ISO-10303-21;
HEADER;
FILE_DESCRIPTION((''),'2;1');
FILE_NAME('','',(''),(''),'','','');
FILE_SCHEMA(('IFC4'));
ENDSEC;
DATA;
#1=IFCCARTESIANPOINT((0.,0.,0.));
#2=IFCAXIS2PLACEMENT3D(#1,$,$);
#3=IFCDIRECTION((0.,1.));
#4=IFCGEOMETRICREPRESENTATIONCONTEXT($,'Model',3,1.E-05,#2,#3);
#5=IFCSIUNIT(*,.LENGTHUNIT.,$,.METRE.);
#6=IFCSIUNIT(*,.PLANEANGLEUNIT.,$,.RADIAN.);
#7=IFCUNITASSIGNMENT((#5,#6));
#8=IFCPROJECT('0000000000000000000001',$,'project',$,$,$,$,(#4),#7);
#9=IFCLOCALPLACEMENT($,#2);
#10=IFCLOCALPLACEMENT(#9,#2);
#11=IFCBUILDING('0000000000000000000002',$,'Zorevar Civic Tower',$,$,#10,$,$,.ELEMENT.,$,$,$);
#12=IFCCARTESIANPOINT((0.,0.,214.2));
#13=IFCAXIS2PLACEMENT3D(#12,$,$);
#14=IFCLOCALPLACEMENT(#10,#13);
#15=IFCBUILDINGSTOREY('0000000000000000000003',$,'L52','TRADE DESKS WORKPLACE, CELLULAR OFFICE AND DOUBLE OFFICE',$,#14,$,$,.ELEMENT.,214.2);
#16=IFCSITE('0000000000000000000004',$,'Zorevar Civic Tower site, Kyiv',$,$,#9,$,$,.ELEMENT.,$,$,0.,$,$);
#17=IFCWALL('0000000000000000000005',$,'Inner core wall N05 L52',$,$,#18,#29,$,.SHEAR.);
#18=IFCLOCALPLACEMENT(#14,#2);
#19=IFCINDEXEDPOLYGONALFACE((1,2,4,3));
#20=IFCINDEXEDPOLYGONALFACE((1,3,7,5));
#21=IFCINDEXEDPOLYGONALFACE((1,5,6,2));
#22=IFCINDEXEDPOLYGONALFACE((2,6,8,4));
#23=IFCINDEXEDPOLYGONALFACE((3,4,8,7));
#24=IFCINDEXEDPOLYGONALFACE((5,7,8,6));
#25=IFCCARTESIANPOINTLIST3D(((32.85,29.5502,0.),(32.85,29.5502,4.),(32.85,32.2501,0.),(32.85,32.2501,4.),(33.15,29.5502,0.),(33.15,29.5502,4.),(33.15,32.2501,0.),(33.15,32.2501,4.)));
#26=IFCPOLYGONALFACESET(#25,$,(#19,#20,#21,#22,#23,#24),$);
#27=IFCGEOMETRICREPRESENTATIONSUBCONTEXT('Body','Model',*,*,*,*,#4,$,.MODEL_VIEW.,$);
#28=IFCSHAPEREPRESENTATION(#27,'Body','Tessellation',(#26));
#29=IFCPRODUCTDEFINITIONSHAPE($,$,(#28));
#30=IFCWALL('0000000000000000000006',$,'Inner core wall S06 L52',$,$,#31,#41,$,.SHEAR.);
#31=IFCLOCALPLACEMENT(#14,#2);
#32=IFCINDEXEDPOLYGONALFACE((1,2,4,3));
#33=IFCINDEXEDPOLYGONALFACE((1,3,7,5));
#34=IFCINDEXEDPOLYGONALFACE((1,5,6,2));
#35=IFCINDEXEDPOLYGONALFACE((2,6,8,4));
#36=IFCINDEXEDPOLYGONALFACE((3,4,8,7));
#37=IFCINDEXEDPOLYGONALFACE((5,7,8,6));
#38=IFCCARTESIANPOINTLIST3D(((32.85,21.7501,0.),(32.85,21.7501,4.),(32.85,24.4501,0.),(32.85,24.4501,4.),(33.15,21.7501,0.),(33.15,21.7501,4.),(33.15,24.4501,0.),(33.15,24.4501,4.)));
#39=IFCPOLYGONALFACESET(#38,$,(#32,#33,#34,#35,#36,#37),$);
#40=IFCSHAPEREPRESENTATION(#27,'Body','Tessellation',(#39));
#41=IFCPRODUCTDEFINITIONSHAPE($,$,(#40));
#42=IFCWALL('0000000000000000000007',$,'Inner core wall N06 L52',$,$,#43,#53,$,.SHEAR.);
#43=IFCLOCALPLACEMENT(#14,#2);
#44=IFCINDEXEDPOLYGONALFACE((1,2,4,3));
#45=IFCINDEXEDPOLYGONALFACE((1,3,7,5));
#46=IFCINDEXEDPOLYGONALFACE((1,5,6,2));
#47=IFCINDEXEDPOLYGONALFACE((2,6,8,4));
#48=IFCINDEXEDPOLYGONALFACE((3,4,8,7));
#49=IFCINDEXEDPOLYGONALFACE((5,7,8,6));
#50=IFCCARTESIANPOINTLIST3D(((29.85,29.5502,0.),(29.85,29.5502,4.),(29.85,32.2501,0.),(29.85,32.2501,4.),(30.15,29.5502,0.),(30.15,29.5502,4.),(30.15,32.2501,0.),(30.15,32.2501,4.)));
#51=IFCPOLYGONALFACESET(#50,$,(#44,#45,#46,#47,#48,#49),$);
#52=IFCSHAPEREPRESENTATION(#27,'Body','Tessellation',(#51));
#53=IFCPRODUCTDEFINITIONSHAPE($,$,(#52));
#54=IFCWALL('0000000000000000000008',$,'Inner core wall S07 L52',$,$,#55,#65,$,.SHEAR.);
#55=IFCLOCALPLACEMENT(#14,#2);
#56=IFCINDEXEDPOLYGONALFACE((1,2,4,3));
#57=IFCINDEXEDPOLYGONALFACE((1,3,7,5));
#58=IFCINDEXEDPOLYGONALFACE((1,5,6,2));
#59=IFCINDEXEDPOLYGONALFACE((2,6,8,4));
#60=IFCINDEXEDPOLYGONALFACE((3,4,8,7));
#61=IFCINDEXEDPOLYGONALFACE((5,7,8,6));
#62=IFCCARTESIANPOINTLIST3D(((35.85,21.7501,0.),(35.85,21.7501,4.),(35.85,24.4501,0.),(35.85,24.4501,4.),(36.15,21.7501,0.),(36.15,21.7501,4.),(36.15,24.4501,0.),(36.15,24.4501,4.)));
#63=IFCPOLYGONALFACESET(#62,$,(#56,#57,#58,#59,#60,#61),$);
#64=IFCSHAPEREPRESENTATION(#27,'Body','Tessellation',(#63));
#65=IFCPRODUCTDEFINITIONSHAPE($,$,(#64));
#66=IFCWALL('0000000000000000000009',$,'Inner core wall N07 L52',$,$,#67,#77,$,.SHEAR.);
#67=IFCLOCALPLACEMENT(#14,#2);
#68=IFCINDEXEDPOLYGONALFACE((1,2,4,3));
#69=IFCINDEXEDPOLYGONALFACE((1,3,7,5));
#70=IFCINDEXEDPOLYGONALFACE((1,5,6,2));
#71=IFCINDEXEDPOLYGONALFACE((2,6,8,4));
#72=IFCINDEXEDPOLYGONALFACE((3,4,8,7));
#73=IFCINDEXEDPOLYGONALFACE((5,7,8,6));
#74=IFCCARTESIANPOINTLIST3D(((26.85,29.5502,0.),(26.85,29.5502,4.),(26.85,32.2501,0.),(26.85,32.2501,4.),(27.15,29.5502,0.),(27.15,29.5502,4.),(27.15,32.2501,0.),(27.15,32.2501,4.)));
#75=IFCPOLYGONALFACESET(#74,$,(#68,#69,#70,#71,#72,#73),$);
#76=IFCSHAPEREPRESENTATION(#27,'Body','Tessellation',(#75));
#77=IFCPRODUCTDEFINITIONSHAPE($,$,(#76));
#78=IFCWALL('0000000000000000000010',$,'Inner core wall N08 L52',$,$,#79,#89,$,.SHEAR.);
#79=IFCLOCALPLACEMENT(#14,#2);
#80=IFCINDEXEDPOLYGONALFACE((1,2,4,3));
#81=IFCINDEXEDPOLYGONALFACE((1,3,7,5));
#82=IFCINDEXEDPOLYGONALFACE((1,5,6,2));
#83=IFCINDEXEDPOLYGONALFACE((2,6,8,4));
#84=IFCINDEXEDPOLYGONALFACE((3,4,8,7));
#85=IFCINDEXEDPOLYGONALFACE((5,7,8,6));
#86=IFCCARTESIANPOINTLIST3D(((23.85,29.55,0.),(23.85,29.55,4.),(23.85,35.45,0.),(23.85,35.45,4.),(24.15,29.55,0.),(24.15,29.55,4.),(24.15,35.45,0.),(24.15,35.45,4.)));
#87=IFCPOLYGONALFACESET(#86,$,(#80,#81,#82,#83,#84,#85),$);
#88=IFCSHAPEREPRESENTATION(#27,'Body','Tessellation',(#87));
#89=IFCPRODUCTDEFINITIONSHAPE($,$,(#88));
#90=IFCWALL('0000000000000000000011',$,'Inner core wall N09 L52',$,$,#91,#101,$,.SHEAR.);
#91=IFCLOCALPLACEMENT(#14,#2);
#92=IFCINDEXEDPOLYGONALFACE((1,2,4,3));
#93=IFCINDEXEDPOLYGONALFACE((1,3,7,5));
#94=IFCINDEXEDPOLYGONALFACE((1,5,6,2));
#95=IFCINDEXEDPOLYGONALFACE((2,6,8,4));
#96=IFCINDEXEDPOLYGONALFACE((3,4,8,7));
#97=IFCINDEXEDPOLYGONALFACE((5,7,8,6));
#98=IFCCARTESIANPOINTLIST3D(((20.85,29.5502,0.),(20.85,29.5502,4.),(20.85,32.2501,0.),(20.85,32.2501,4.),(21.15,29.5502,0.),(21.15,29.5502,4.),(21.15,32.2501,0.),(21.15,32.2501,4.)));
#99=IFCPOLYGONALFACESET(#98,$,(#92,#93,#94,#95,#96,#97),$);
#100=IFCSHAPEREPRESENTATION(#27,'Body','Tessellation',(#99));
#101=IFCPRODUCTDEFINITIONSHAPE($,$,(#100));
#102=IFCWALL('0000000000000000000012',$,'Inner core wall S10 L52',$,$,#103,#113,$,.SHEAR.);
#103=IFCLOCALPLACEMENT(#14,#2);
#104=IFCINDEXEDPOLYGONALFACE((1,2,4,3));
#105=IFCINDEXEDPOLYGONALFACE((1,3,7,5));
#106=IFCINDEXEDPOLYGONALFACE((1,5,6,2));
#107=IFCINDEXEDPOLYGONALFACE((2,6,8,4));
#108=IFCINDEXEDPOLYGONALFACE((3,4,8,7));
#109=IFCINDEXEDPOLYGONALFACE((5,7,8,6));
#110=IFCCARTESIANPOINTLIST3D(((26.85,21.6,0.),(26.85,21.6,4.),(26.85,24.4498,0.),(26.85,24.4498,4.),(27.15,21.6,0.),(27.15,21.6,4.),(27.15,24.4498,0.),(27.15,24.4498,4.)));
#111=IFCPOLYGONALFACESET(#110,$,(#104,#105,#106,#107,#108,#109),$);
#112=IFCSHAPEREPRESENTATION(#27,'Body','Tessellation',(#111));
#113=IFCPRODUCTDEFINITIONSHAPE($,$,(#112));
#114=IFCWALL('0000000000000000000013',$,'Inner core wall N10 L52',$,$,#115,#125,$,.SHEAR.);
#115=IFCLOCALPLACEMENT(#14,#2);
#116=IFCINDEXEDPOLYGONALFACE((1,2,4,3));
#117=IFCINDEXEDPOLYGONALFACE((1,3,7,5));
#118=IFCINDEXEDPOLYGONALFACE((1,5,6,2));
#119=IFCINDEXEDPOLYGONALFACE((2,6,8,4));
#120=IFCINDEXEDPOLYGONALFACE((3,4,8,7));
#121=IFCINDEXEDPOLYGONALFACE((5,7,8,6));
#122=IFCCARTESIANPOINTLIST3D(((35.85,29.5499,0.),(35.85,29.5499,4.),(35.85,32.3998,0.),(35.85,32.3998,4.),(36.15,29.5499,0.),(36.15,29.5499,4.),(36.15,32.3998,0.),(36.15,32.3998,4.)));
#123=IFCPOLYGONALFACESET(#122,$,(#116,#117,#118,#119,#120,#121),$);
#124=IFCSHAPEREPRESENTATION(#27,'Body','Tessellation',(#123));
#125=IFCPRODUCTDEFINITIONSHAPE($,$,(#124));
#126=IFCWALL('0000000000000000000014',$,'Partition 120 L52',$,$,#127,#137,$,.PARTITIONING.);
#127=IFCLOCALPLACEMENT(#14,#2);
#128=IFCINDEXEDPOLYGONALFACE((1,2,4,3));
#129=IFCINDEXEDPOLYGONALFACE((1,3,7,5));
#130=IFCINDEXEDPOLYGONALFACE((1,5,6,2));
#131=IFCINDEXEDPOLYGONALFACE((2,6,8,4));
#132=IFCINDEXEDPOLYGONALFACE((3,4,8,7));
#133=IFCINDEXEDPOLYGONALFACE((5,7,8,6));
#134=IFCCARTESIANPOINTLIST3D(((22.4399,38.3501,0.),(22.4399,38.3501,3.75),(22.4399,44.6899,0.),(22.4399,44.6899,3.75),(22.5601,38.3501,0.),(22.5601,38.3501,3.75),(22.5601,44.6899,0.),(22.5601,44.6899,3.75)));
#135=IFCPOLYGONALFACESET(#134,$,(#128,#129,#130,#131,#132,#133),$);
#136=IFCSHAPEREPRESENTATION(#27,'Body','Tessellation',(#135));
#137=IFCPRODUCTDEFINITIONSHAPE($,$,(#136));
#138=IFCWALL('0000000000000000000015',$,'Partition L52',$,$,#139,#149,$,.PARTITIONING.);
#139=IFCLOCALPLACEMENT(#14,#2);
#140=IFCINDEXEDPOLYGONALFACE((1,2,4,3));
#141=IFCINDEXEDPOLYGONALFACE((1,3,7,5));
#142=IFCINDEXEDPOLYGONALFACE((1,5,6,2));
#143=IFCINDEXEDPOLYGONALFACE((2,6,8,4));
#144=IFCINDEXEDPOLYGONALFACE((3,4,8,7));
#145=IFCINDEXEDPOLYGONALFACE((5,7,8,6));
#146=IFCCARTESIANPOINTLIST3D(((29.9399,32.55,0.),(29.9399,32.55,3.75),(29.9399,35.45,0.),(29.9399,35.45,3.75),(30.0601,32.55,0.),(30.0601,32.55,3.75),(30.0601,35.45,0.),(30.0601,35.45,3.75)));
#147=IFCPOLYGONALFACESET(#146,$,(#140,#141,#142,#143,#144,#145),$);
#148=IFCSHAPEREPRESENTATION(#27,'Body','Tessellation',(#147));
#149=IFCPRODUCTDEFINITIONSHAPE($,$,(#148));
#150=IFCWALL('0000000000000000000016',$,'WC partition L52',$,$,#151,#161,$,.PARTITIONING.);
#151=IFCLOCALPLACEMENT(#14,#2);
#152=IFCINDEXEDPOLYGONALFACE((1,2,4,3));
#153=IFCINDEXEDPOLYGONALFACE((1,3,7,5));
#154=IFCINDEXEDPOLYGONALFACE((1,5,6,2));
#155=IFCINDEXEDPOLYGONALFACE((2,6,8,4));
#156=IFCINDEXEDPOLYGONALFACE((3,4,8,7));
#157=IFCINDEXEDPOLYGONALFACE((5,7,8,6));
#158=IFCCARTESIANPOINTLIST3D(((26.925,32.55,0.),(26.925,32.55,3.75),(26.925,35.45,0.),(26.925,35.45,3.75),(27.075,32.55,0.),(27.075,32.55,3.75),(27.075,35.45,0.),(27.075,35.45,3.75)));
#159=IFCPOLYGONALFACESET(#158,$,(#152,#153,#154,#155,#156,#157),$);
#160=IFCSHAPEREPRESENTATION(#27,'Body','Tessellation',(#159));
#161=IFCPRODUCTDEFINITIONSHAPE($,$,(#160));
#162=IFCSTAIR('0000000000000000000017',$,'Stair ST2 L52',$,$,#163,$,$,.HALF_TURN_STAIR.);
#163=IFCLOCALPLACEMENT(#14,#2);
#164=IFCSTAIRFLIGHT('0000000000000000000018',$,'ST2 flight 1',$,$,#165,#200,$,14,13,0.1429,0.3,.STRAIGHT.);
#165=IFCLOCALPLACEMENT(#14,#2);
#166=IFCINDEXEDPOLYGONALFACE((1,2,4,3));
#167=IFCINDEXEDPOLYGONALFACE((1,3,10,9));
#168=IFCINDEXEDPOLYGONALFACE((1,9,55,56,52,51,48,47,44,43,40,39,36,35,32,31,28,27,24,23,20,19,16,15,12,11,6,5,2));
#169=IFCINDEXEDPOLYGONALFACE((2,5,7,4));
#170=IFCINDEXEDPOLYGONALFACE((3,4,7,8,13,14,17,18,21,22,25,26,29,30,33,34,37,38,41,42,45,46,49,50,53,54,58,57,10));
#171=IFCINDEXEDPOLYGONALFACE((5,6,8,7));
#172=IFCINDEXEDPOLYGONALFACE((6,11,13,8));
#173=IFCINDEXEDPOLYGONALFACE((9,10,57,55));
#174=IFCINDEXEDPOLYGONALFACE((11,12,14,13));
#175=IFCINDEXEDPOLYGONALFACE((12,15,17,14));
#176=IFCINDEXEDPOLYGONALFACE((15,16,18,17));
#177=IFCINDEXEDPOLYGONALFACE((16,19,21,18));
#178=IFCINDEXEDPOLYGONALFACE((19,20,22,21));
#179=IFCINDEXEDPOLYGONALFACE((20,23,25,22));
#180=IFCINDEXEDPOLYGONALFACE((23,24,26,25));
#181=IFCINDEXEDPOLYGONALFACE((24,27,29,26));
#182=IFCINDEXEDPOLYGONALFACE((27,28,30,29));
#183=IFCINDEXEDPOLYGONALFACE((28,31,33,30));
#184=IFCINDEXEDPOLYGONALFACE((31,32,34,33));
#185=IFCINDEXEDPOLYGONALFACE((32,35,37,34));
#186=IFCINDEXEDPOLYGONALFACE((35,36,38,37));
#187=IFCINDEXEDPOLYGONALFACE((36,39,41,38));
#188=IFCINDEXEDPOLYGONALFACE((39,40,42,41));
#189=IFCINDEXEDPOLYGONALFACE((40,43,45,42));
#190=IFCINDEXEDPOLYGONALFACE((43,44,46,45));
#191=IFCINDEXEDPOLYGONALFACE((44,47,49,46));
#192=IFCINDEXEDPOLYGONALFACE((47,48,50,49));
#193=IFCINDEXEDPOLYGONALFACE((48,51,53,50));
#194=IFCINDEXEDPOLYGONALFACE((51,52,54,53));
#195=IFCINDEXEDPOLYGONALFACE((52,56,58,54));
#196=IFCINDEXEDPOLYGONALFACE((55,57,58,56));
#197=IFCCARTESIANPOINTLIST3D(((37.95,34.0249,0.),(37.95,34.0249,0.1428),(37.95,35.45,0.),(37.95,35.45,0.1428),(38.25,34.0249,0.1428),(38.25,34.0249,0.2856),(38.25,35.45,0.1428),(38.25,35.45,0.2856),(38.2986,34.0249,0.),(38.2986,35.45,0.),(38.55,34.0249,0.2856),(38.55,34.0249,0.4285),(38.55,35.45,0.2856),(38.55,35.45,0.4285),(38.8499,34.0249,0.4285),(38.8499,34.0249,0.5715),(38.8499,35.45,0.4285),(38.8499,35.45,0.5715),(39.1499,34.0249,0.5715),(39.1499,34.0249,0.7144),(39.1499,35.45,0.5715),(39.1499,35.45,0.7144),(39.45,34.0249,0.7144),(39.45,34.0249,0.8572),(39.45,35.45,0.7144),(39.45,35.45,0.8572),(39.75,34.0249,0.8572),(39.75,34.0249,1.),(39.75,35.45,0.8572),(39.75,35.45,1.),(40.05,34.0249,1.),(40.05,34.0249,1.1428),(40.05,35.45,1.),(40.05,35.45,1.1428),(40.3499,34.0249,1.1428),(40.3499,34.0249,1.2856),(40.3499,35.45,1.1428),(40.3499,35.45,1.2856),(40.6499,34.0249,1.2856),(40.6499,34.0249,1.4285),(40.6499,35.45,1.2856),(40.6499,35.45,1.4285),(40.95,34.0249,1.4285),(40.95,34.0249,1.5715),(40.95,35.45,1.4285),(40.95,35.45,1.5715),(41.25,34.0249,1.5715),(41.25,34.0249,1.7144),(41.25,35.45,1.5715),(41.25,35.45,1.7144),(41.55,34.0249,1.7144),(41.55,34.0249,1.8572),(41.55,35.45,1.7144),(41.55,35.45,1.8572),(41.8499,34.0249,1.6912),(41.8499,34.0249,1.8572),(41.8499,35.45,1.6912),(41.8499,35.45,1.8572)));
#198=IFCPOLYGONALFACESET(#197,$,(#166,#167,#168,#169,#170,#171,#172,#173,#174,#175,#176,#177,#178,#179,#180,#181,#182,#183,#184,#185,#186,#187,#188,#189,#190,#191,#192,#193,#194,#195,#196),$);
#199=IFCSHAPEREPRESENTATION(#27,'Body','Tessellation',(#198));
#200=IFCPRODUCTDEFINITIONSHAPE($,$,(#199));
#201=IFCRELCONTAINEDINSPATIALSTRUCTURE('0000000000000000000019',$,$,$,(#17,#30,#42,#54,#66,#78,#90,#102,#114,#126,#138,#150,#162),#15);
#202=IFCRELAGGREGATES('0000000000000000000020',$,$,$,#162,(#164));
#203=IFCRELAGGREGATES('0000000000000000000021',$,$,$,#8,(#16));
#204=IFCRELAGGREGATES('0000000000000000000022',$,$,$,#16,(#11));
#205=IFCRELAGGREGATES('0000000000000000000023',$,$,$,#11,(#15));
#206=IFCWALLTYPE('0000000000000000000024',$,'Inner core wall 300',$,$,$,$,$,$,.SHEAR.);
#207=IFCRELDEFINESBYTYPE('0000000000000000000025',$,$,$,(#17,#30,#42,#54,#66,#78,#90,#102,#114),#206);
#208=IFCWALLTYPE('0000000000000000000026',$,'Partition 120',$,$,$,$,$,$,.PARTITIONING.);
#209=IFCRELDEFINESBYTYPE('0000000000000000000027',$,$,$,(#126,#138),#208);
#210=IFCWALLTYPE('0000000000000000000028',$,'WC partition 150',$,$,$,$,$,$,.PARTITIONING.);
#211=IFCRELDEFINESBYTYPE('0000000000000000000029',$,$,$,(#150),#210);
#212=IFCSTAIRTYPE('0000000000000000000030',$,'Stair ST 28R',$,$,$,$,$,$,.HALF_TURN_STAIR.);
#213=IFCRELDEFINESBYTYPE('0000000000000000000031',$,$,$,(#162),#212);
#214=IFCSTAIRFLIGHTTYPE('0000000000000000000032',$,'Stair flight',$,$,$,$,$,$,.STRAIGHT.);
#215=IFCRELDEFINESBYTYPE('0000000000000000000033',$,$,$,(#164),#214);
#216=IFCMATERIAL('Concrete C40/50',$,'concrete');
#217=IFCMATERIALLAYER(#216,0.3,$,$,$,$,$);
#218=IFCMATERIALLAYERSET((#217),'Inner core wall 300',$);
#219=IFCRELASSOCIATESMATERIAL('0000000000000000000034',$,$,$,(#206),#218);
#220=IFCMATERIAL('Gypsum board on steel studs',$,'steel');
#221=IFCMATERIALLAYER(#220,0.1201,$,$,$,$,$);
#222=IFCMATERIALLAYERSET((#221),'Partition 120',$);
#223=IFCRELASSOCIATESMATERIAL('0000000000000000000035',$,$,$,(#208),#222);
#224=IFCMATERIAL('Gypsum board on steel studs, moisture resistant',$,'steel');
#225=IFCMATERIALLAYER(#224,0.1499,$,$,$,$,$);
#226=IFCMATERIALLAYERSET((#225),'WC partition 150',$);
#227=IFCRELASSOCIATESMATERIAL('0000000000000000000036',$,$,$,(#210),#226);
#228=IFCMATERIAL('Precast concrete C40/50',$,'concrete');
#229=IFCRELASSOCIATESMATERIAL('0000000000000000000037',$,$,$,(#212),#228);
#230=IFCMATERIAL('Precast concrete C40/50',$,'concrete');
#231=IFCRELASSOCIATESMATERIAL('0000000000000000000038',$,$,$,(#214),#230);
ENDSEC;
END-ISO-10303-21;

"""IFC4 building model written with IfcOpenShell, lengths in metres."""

from ifc_helpers import new_model, si_unit, direction, frame, frame_2d, origin, place, context, subcontext, project, spatial, polyline, rectangle, outline, extrude, material, layer, layer_set, type_object, element, aggregate, save


model = new_model("IFC4")

# Units and contexts
model_context = context("Model", 3, precision=1e-05, world=origin(), true_north=direction((0.0, 1.0)))
body_context = subcontext(model_context, "Body", "Model", "MODEL_VIEW")
ifc_project = project(units=[si_unit("LENGTHUNIT", "METRE"), si_unit("PLANEANGLEUNIT", "RADIAN")], contexts=[model_context])

# Site, building, storey
site_placement = place(None, origin())
site = spatial("IfcSite", under=ifc_project, at=site_placement, Name="Zorevar Civic Tower site, Kyiv", CompositionType="ELEMENT", RefElevation=0.0)
building_placement = place(site_placement, origin())
building = spatial("IfcBuilding", under=site, at=building_placement, Name="Zorevar Civic Tower", CompositionType="ELEMENT")
storey_placement = place(building_placement, frame((0.0, 0.0, 214.2)))
storey = spatial("IfcBuildingStorey", under=building, at=storey_placement, Name="L52", Description="TRADE DESKS WORKPLACE, CELLULAR OFFICE AND DOUBLE OFFICE", CompositionType="ELEMENT", Elevation=214.2)

# Shared definitions
ifc_material_1 = material(Name="Concrete C40/50", Category="concrete")
ifc_layer_1 = layer(ifc_material_1, 0.3)
ifc_layer_set_1 = layer_set([ifc_layer_1], Name="Inner core wall 300")
wall_type_1 = type_object("IfcWallType", Name="Inner core wall 300", PredefinedType="SHEAR", material=ifc_layer_set_1)

# Walls
for number, where, z_axis, x_axis, name in (
    (1, (33.0, 29.55, 0.0), (0.0, 0.0, 1.0), (0.0, 1.0, 0.0), "Inner core wall N05 L52"),
    (2, (33.0, 21.75, 0.0), (0.0, 0.0, 1.0), (0.0, 1.0, 0.0), "Inner core wall S06 L52"),
    (3, (30.0, 29.55, 0.0), (0.0, 0.0, 1.0), (0.0, 1.0, 0.0), "Inner core wall N06 L52"),
    (4, (36.0, 21.75, 0.0), (0.0, 0.0, 1.0), (0.0, 1.0, 0.0), "Inner core wall S07 L52"),
    (5, (27.0, 29.55, 0.0), (0.0, 0.0, 1.0), (0.0, 1.0, 0.0), "Inner core wall N07 L52"),
):
    element("IfcWall", number, at=place(storey_placement, frame(where, z_axis=z_axis, x_axis=x_axis)), inside=storey, type_object=wall_type_1, Name=name, PredefinedType="SHEAR", context=body_context, shape_type="SweptSolid", body=[
        extrude(rectangle(XDim=2.7, YDim=0.3, at=frame_2d((1.3501, 0.0))), origin(), (0.0, 0.0, 1.0), 4.0),
    ])
wall_1_placement = place(storey_placement, frame((24.0, 29.55, 0.0), z_axis=(0.0, 0.0, 1.0), x_axis=(0.0, 1.0, 0.0)))
element("IfcWall", 6, at=wall_1_placement, inside=storey, type_object=wall_type_1, Name="Inner core wall N08 L52", PredefinedType="SHEAR", context=body_context, shape_type="SweptSolid", body=[
    extrude(rectangle(XDim=5.8999, YDim=0.3, at=frame_2d((2.95, 0.0))), origin(), (0.0, 0.0, 1.0), 4.0),
])
wall_2_placement = place(storey_placement, frame((21.0, 29.55, 0.0), z_axis=(0.0, 0.0, 1.0), x_axis=(0.0, 1.0, 0.0)))
element("IfcWall", 7, at=wall_2_placement, inside=storey, type_object=wall_type_1, Name="Inner core wall N09 L52", PredefinedType="SHEAR", context=body_context, shape_type="SweptSolid", body=[
    extrude(rectangle(XDim=2.7, YDim=0.3, at=frame_2d((1.3501, 0.0))), origin(), (0.0, 0.0, 1.0), 4.0),
])
for number, where, z_axis, x_axis, name in (
    (8, (27.0, 21.6001, 0.0), (0.0, 0.0, 1.0), (0.0, 1.0, 0.0), "Inner core wall S10 L52"),
    (9, (36.0, 29.55, 0.0), (0.0, 0.0, 1.0), (0.0, 1.0, 0.0), "Inner core wall N10 L52"),
):
    element("IfcWall", number, at=place(storey_placement, frame(where, z_axis=z_axis, x_axis=x_axis)), inside=storey, type_object=wall_type_1, Name=name, PredefinedType="SHEAR", context=body_context, shape_type="SweptSolid", body=[
        extrude(rectangle(XDim=2.8499, YDim=0.3, at=frame_2d((1.4248, 0.0))), origin(), (0.0, 0.0, 1.0), 4.0),
    ])
ifc_material_2 = material(Name="Gypsum board on steel studs", Category="steel")
ifc_layer_2 = layer(ifc_material_2, 0.1201)
ifc_layer_set_2 = layer_set([ifc_layer_2], Name="Partition 120")
wall_type_2 = type_object("IfcWallType", Name="Partition 120", PredefinedType="PARTITIONING", material=ifc_layer_set_2)
wall_3_placement = place(storey_placement, frame((22.5, 38.3501, 0.0), z_axis=(0.0, 0.0, 1.0), x_axis=(0.0, 1.0, 0.0)))
element("IfcWall", 10, at=wall_3_placement, inside=storey, type_object=wall_type_2, Name="Partition 120 L52", PredefinedType="PARTITIONING", context=body_context, shape_type="SweptSolid", body=[
    extrude(rectangle(XDim=6.3398, YDim=0.1201, at=frame_2d((3.1699, 0.0))), origin(), (0.0, 0.0, 1.0), 3.75),
])
wall_4_placement = place(storey_placement, frame((30.0, 32.55, 0.0), z_axis=(0.0, 0.0, 1.0), x_axis=(0.0, 1.0, 0.0)))
element("IfcWall", 11, at=wall_4_placement, inside=storey, type_object=wall_type_2, Name="Partition L52", PredefinedType="PARTITIONING", context=body_context, shape_type="SweptSolid", body=[
    extrude(rectangle(XDim=2.8999, YDim=0.1201, at=frame_2d((1.45, 0.0))), origin(), (0.0, 0.0, 1.0), 3.75),
])

# Wall
ifc_material_3 = material(Name="Gypsum board on steel studs, moisture resistant", Category="steel")
ifc_layer_3 = layer(ifc_material_3, 0.1499)
ifc_layer_set_3 = layer_set([ifc_layer_3], Name="WC partition 150")
wall_type_3 = type_object("IfcWallType", Name="WC partition 150", PredefinedType="PARTITIONING", material=ifc_layer_set_3)
wall_5_placement = place(storey_placement, frame((27.0, 32.55, 0.0), z_axis=(0.0, 0.0, 1.0), x_axis=(0.0, 1.0, 0.0)))
element("IfcWall", 12, at=wall_5_placement, inside=storey, type_object=wall_type_3, Name="WC partition L52", PredefinedType="PARTITIONING", context=body_context, shape_type="SweptSolid", body=[
    extrude(rectangle(XDim=2.8999, YDim=0.1499, at=frame_2d((1.45, 0.0))), origin(), (0.0, 0.0, 1.0), 3.75),
])

# Stair, stair flight
ifc_material_4 = material(Name="Precast concrete C40/50", Category="concrete")
stair_type = type_object("IfcStairType", Name="Stair ST 28R", PredefinedType="HALF_TURN_STAIR", material=ifc_material_4)
stair_placement = place(storey_placement, origin())
stair = element("IfcStair", 13, at=stair_placement, inside=storey, type_object=stair_type, Name="Stair ST2 L52", PredefinedType="HALF_TURN_STAIR")
ifc_material_5 = material(Name="Precast concrete C40/50", Category="concrete")
stair_flight_type = type_object("IfcStairFlightType", Name="Stair flight", PredefinedType="STRAIGHT", material=ifc_material_5)
stair_flight_placement = place(storey_placement, frame((37.95, 34.7375, 0.0), z_axis=(0.0, 0.0, 1.0), x_axis=(1.0, 0.0, 0.0)))
stair_flight = element("IfcStairFlight", 14, at=stair_flight_placement, type_object=stair_flight_type, Name="ST2 flight 1", NumberOfRisers=14, NumberOfTreads=13, PredefinedType="STRAIGHT", RiserHeight=0.1429, TreadLength=0.3, context=body_context, shape_type="SweptSolid", body=[
    extrude(outline(polyline([(0.0, 0.0), (0.0, 0.1428), (0.3, 0.1428), (0.3, 0.2856), (0.6001, 0.2856), (0.6001, 0.4285), (0.8999, 0.4285), (0.8999, 0.5715), (1.2, 0.5715), (1.2, 0.7144), (1.5, 0.7144), (1.5, 0.8572), (1.8, 0.8572), (1.8, 1.0), (2.1001, 1.0), (2.1001, 1.1428), (2.3999, 1.1428), (2.3999, 1.2856), (2.7, 1.2856), (2.7, 1.4285), (3.0, 1.4285), (3.0, 1.5715), (3.3, 1.5715), (3.3, 1.7144), (3.6001, 1.7144), (3.6001, 1.8572), (3.8999, 1.8572), (3.8999, 2.0), (3.8999, 1.6912), (0.3486, 0.0), (0.0, 0.0)])), frame((0.0, 0.7124, 0.0), z_axis=(0.0, -1.0, 0.0), x_axis=(1.0, 0.0, 0.0)), (0.0, 0.0, 1.0), 1.425),
])
aggregate(stair, [stair_flight])

save(model, "model.ifc")
